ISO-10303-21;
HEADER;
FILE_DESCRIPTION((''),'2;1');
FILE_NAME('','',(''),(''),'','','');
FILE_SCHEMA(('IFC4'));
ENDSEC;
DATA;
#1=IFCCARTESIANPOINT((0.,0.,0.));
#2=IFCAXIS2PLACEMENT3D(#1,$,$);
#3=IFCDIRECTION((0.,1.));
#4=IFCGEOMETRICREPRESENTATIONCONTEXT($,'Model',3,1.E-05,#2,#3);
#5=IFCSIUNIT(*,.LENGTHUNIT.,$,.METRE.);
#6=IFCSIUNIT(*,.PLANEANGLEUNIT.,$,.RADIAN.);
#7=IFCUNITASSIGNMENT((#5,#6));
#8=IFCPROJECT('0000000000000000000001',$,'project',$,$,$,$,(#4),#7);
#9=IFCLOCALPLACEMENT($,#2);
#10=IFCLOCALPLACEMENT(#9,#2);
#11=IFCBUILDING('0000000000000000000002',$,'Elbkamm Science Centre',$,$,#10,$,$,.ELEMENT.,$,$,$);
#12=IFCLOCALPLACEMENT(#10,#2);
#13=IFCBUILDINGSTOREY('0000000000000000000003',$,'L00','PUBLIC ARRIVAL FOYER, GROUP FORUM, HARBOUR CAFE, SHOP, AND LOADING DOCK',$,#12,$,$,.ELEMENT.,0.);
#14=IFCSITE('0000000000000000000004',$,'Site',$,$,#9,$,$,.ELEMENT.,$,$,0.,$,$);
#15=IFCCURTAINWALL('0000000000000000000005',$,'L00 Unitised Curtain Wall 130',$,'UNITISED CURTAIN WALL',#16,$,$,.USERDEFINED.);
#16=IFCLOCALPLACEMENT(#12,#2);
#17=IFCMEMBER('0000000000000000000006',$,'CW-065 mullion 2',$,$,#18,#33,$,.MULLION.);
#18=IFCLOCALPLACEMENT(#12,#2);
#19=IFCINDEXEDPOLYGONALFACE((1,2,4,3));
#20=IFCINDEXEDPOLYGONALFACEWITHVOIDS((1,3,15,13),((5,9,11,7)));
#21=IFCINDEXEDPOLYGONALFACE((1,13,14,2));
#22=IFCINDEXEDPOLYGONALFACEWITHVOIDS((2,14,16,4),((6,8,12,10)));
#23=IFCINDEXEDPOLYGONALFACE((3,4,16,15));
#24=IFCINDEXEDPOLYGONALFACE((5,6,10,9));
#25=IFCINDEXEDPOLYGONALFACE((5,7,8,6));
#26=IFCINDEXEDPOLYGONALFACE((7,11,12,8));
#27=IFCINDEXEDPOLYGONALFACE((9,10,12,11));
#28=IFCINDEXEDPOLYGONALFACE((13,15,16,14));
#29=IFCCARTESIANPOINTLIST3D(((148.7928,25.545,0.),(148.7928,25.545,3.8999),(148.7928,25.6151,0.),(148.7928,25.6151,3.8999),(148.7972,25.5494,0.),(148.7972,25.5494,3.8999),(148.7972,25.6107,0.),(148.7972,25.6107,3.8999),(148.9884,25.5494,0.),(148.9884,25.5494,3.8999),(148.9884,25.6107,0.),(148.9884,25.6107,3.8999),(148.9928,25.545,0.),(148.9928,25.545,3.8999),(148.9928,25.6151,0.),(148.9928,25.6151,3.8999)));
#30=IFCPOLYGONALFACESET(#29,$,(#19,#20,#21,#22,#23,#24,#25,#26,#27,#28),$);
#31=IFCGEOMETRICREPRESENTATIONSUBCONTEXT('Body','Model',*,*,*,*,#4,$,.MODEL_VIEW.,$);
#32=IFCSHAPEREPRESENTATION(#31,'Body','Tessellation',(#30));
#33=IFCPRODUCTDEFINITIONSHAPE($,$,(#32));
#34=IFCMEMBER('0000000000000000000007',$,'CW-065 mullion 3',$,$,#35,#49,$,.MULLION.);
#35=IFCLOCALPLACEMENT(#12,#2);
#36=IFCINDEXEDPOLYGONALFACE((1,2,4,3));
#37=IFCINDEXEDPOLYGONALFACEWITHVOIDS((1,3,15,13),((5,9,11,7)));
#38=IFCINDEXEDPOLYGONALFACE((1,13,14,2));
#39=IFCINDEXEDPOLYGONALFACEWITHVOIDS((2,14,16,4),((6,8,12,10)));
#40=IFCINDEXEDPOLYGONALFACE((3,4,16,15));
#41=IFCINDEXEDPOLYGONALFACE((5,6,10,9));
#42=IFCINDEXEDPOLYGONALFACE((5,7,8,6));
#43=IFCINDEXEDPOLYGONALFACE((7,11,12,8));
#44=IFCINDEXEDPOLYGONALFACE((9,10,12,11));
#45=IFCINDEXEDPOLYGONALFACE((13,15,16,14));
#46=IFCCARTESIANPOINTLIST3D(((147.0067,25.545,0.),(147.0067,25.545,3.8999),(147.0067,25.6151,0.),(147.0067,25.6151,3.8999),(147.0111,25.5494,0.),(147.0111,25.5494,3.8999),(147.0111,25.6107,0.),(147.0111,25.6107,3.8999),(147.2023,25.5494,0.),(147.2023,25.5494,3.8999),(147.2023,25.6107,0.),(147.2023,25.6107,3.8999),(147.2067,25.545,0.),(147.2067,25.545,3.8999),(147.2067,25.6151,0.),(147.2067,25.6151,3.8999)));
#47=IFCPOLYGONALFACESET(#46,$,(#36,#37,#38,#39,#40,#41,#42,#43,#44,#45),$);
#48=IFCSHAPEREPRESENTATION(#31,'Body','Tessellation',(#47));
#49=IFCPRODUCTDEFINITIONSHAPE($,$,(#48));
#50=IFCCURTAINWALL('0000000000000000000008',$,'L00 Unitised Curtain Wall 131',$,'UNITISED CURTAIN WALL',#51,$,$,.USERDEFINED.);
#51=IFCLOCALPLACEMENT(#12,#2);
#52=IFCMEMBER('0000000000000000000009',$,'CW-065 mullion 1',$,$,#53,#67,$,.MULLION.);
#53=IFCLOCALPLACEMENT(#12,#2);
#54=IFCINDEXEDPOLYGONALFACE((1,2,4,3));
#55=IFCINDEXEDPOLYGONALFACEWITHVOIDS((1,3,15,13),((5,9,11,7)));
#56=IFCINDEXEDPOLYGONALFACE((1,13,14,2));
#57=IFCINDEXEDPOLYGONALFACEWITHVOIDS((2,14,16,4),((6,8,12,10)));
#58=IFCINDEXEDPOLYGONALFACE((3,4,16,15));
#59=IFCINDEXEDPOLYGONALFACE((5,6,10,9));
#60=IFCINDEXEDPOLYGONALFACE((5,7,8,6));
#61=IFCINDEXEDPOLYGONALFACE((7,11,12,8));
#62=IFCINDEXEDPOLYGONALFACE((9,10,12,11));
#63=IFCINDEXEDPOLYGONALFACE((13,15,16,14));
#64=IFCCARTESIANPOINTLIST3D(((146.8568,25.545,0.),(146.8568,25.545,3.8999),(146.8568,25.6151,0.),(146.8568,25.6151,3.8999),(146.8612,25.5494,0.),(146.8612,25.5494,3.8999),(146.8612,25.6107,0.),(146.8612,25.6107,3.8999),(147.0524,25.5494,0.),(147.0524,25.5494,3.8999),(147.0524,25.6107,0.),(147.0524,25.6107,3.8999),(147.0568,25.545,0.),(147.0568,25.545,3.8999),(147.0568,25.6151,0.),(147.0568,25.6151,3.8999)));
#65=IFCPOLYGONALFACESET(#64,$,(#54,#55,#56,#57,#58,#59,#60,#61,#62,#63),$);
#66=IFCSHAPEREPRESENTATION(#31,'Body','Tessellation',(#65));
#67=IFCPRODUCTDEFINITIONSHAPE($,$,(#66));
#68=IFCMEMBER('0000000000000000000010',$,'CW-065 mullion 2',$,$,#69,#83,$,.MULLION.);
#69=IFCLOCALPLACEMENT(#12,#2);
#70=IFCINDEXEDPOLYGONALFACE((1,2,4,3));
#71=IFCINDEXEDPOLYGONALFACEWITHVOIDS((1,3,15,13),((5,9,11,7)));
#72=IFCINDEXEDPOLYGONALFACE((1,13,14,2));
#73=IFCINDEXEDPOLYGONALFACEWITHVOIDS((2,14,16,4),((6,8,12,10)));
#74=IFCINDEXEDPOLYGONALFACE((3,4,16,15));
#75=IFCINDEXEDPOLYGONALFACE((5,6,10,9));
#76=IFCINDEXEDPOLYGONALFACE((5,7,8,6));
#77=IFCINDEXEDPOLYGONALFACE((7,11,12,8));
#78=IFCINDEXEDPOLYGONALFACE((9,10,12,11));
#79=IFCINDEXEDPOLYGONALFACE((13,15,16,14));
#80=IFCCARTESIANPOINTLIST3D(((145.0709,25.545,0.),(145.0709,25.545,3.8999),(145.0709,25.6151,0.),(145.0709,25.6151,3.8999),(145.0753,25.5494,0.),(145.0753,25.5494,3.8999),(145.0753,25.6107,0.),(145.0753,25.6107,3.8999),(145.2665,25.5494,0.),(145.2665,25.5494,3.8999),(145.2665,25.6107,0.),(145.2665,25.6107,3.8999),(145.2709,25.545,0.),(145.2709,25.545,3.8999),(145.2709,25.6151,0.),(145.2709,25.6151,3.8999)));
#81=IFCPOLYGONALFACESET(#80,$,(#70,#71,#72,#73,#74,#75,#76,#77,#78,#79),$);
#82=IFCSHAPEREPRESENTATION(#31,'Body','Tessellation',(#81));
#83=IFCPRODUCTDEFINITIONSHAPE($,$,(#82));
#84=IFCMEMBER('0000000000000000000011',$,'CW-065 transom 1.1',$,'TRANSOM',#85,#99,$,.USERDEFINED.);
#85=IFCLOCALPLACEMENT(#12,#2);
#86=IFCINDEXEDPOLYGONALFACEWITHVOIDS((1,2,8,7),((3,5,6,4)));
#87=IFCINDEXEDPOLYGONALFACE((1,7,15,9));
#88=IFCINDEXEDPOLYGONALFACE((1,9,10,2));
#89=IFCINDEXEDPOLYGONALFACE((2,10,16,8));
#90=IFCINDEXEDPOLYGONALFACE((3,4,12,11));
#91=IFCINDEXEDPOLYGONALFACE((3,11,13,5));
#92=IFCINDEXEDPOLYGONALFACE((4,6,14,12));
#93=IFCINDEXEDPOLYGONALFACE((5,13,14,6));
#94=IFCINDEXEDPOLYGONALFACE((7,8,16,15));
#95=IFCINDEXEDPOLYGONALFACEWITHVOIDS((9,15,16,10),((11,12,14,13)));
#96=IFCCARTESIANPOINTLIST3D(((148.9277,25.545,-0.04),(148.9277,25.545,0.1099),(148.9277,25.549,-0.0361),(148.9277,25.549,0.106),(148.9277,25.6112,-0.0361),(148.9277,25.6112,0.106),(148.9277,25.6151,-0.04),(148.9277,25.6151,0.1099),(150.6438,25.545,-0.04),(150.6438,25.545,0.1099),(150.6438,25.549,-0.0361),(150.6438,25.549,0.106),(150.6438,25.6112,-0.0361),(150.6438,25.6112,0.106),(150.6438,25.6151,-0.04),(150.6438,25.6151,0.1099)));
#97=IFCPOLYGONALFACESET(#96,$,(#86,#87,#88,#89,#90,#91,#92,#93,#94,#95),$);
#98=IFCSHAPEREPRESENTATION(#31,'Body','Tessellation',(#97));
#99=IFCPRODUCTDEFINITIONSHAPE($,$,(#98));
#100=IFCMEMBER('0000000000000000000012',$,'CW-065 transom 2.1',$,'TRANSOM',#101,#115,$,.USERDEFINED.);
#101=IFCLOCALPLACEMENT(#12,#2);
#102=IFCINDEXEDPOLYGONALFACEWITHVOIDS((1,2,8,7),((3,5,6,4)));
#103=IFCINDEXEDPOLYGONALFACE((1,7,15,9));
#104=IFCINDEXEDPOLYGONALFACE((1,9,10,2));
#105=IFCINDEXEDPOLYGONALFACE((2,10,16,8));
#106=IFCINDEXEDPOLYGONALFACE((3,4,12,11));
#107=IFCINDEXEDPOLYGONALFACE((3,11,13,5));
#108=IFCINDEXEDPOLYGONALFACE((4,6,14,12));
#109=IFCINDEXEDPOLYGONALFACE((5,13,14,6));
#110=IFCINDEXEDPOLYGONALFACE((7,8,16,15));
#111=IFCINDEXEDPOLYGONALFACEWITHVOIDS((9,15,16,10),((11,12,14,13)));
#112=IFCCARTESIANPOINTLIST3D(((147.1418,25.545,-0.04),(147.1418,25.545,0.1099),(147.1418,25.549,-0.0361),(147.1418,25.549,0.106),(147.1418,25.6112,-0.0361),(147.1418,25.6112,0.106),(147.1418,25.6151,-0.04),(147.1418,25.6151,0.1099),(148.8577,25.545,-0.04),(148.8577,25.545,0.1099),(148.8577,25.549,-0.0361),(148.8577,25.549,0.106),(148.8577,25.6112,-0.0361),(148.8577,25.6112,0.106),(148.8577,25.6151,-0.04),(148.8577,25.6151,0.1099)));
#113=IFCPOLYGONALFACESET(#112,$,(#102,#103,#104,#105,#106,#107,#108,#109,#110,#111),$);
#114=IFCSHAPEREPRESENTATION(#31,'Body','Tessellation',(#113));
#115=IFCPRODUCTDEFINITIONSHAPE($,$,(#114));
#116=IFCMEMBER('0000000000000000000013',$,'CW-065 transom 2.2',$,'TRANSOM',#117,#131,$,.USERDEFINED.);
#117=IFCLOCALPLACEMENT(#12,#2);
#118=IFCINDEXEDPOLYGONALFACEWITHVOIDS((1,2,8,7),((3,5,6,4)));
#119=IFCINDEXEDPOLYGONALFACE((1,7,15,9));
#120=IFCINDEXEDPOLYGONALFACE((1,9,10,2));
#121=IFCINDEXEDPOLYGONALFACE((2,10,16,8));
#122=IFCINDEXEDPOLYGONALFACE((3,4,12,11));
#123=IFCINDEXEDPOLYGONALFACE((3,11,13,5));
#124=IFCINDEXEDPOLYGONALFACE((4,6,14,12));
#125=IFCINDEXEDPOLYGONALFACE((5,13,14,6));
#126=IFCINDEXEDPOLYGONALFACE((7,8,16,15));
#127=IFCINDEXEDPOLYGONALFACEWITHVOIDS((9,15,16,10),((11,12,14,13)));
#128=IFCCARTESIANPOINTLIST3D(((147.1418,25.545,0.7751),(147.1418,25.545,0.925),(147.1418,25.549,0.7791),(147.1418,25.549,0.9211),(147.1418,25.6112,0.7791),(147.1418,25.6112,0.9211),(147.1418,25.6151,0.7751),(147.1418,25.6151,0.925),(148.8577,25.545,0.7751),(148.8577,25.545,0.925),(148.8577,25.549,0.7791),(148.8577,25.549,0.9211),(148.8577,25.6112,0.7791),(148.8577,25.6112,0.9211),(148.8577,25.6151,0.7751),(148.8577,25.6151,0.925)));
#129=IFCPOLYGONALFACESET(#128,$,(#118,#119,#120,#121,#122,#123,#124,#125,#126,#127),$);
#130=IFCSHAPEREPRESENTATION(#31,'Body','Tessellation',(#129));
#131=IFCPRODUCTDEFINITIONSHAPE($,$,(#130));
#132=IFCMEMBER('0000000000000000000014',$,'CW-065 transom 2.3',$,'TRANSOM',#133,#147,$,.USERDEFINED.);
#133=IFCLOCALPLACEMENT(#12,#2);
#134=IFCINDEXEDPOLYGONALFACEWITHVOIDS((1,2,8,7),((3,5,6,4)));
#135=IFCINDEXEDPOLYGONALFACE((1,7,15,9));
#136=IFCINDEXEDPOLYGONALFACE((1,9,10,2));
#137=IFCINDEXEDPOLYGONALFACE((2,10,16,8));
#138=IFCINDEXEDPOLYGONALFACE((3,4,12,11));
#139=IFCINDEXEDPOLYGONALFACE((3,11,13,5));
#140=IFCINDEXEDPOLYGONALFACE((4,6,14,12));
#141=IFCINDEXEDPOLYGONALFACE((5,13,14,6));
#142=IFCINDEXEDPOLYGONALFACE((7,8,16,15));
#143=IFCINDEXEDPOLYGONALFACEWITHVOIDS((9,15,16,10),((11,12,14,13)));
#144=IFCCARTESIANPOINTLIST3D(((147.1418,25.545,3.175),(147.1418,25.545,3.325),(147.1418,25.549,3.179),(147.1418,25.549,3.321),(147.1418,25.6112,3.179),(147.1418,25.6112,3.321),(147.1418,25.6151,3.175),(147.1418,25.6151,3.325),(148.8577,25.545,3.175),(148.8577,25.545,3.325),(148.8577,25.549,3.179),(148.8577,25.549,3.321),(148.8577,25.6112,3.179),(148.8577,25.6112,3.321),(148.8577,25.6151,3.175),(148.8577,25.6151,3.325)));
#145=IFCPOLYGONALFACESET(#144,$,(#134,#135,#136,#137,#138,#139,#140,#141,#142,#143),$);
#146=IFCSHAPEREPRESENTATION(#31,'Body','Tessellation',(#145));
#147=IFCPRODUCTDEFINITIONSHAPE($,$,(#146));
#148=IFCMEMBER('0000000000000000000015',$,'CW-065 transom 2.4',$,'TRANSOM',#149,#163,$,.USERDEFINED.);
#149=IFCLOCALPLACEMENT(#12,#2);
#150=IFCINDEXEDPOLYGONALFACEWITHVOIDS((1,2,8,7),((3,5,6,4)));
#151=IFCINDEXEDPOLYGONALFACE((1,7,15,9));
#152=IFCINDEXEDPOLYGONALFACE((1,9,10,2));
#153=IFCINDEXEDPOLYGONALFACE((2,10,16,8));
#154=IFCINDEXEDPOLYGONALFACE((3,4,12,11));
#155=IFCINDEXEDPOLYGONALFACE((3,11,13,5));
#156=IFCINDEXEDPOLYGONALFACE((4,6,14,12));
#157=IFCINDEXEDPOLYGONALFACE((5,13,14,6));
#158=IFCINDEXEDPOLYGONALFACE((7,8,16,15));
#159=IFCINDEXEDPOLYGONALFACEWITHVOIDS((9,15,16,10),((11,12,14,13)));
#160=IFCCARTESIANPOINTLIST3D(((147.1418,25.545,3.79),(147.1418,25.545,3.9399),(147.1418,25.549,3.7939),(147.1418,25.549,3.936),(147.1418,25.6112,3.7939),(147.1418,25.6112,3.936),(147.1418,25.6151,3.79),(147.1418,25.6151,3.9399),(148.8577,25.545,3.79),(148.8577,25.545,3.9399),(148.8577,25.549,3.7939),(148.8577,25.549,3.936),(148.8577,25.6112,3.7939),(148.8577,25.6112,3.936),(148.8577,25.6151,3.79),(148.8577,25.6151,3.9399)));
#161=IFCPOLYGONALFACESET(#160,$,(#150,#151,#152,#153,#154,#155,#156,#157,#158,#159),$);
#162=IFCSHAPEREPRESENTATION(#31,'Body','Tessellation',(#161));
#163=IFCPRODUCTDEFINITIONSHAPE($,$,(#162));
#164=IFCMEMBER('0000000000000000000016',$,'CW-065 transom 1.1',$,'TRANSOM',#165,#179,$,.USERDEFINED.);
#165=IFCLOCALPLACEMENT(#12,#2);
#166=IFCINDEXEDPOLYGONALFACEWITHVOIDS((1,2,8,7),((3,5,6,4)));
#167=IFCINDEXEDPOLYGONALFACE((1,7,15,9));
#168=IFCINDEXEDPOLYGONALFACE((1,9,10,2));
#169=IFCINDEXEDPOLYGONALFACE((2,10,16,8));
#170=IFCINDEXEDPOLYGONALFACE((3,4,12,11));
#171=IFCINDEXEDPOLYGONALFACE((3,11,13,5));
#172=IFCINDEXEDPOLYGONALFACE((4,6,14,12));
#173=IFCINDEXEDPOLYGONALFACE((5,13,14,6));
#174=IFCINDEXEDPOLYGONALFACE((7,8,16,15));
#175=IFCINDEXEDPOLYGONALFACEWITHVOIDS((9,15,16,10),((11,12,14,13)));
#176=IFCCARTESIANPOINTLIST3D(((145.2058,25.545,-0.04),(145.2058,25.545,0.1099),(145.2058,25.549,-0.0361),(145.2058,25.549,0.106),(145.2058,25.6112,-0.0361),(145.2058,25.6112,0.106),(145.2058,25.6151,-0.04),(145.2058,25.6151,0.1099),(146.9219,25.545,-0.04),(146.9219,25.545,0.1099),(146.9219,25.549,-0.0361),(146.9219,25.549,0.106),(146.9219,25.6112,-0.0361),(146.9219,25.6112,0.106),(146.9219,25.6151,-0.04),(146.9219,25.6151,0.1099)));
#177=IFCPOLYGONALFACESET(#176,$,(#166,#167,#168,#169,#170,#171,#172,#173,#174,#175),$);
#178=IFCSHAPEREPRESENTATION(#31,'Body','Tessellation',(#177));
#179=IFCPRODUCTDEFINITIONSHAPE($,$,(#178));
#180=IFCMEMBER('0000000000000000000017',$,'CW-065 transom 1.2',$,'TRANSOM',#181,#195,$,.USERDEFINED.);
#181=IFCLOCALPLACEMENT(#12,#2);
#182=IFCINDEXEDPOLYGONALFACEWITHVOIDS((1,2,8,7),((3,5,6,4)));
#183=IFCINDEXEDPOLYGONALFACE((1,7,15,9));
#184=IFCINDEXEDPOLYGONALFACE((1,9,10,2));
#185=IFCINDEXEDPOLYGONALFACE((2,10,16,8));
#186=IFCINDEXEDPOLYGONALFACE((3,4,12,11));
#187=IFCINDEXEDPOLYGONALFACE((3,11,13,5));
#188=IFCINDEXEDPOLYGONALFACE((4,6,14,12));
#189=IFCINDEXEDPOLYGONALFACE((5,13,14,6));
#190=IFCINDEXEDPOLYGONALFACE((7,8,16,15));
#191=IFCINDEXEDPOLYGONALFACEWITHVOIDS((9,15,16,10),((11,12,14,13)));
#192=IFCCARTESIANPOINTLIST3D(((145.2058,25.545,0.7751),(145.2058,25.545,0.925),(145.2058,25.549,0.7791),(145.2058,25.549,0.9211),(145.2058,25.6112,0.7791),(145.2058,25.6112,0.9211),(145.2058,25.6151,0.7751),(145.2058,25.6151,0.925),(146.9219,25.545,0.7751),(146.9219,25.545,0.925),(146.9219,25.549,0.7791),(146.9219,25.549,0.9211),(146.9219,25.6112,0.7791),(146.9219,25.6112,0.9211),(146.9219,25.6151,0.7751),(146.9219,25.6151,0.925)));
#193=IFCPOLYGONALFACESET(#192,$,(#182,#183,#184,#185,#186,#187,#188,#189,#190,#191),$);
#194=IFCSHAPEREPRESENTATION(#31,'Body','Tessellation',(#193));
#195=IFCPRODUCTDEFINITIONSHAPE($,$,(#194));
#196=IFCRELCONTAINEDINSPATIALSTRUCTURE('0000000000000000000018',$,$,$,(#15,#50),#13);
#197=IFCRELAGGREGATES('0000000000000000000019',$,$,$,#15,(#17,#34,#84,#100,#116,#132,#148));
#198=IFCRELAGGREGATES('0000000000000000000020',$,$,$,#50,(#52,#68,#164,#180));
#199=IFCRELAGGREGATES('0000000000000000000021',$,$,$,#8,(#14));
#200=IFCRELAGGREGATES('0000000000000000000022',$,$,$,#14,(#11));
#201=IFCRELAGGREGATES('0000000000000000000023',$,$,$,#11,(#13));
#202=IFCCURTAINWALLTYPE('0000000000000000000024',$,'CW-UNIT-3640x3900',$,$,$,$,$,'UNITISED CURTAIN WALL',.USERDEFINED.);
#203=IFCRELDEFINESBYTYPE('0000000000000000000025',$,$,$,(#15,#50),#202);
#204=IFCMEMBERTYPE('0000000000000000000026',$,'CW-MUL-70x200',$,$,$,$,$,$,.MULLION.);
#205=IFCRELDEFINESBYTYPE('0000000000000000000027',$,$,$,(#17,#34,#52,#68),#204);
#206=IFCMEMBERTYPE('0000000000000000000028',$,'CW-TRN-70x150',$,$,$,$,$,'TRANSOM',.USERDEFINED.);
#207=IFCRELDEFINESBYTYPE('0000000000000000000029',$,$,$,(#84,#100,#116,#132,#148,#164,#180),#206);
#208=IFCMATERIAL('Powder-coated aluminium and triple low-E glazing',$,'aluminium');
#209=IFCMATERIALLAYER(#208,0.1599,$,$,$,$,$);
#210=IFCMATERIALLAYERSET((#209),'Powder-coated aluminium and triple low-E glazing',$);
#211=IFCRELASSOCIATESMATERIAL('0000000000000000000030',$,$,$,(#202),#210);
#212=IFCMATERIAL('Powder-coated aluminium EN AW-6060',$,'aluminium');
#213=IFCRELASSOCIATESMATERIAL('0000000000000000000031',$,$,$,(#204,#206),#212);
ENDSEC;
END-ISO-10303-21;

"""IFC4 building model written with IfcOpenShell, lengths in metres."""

from ifc_helpers import new_model, si_unit, direction, frame, origin, origin_2d, place, context, subcontext, project, spatial, hollow_rectangle, extrude, material, layer, layer_set, material_profile, profile_set, type_object, element, aggregate, save


model = new_model("IFC4")

# Units and contexts
model_context = context("Model", 3, precision=1e-05, world=origin(), true_north=direction((0.0, 1.0)))
body_context = subcontext(model_context, "Body", "Model", "MODEL_VIEW")
ifc_project = project(units=[si_unit("LENGTHUNIT", "METRE"), si_unit("PLANEANGLEUNIT", "RADIAN")], contexts=[model_context])

# Site, building, storey
site_placement = place(None, origin())
site = spatial("IfcSite", under=ifc_project, at=site_placement, Name="Site", CompositionType="ELEMENT", RefElevation=0.0)
building_placement = place(site_placement, origin())
building = spatial("IfcBuilding", under=site, at=building_placement, Name="Elbkamm Science Centre", CompositionType="ELEMENT")
storey_placement = place(building_placement, origin())
storey = spatial("IfcBuildingStorey", under=building, at=storey_placement, Name="L00", Description="PUBLIC ARRIVAL FOYER, GROUP FORUM, HARBOUR CAFE, SHOP, AND LOADING DOCK", CompositionType="ELEMENT", Elevation=0.0)

# Curtain walls, members
ifc_material_1 = material(Name="Powder-coated aluminium and triple low-E glazing", Category="aluminium")
ifc_layer_1 = layer(ifc_material_1, 0.1599)
ifc_layer_set_1 = layer_set([ifc_layer_1], Name="Powder-coated aluminium and triple low-E glazing")
curtain_wall_type = type_object("IfcCurtainWallType", Name="CW-UNIT-3640x3900", ElementType="UNITISED CURTAIN WALL", PredefinedType="USERDEFINED", material=ifc_layer_set_1)
curtain_wall_1_placement = place(storey_placement, origin())
curtain_wall_1 = element("IfcCurtainWall", 1, at=curtain_wall_1_placement, inside=storey, type_object=curtain_wall_type, Name="L00 Unitised Curtain Wall 130", ObjectType="UNITISED CURTAIN WALL", PredefinedType="USERDEFINED")
ifc_material_2 = material(Name="Powder-coated aluminium EN AW-6060", Category="aluminium")
ifc_material_profile_1 = material_profile(ifc_material_2, hollow_rectangle(XDim=0.0701, YDim=0.2, WallThickness=0.0044, at=origin_2d()), Name="ALU M70x200")
ifc_profile_set_1 = profile_set([ifc_material_profile_1], Name="Powder-coated aluminium EN AW-6060")
member_type_1 = type_object("IfcMemberType", Name="CW-MUL-70x200", PredefinedType="MULLION", material=ifc_profile_set_1)
member_1_placement = place(storey_placement, frame((148.8928, 25.5801, 0.0), z_axis=(0.0, 0.0, 1.0), x_axis=(0.0, -1.0, 0.0)))
member_1 = element("IfcMember", 2, at=member_1_placement, type_object=member_type_1, Name="CW-065 mullion 2", PredefinedType="MULLION", context=body_context, shape_type="SweptSolid", body=[
    extrude(hollow_rectangle(XDim=0.0701, YDim=0.2, WallThickness=0.0044, at=origin_2d()), origin(), (0.0, 0.0, 1.0), 3.8999),
])
member_2_placement = place(storey_placement, frame((147.1067, 25.5801, 0.0), z_axis=(0.0, 0.0, 1.0), x_axis=(0.0, -1.0, 0.0)))
member_2 = element("IfcMember", 3, at=member_2_placement, type_object=member_type_1, Name="CW-065 mullion 3", PredefinedType="MULLION", context=body_context, shape_type="SweptSolid", body=[
    extrude(hollow_rectangle(XDim=0.0701, YDim=0.2, WallThickness=0.0044, at=origin_2d()), origin(), (0.0, 0.0, 1.0), 3.8999),
])
curtain_wall_2_placement = place(storey_placement, origin())
curtain_wall_2 = element("IfcCurtainWall", 4, at=curtain_wall_2_placement, inside=storey, type_object=curtain_wall_type, Name="L00 Unitised Curtain Wall 131", ObjectType="UNITISED CURTAIN WALL", PredefinedType="USERDEFINED")
member_3_placement = place(storey_placement, frame((146.9568, 25.5801, 0.0), z_axis=(0.0, 0.0, 1.0), x_axis=(0.0, -1.0, 0.0)))
member_3 = element("IfcMember", 5, at=member_3_placement, type_object=member_type_1, Name="CW-065 mullion 1", PredefinedType="MULLION", context=body_context, shape_type="SweptSolid", body=[
    extrude(hollow_rectangle(XDim=0.0701, YDim=0.2, WallThickness=0.0044, at=origin_2d()), origin(), (0.0, 0.0, 1.0), 3.8999),
])
member_4_placement = place(storey_placement, frame((145.1709, 25.5801, 0.0), z_axis=(0.0, 0.0, 1.0), x_axis=(0.0, -1.0, 0.0)))
member_4 = element("IfcMember", 6, at=member_4_placement, type_object=member_type_1, Name="CW-065 mullion 2", PredefinedType="MULLION", context=body_context, shape_type="SweptSolid", body=[
    extrude(hollow_rectangle(XDim=0.0701, YDim=0.2, WallThickness=0.0044, at=origin_2d()), origin(), (0.0, 0.0, 1.0), 3.8999),
])

# Members
ifc_material_profile_2 = material_profile(ifc_material_2, hollow_rectangle(XDim=0.0701, YDim=0.1499, WallThickness=0.0039, at=origin_2d()), Name="ALU T70x150")
ifc_profile_set_2 = profile_set([ifc_material_profile_2], Name="Powder-coated aluminium EN AW-6060")
member_type_2 = type_object("IfcMemberType", Name="CW-TRN-70x150", ElementType="TRANSOM", PredefinedType="USERDEFINED", material=ifc_profile_set_2)
member_5_placement = place(storey_placement, frame((150.6438, 25.5801, 0.0349), z_axis=(-1.0, 0.0, 0.0), x_axis=(0.0, -1.0, 0.0)))
member_5 = element("IfcMember", 7, at=member_5_placement, type_object=member_type_2, Name="CW-065 transom 1.1", ObjectType="TRANSOM", PredefinedType="USERDEFINED", context=body_context, shape_type="SweptSolid", body=[
    extrude(hollow_rectangle(XDim=0.0701, YDim=0.1499, WallThickness=0.0039, at=origin_2d()), origin(), (0.0, 0.0, 1.0), 1.7161),
])
member_6_placement = place(storey_placement, frame((148.8577, 25.5801, 0.0349), z_axis=(-1.0, 0.0, 0.0), x_axis=(0.0, -1.0, 0.0)))
member_6 = element("IfcMember", 8, at=member_6_placement, type_object=member_type_2, Name="CW-065 transom 2.1", ObjectType="TRANSOM", PredefinedType="USERDEFINED", context=body_context, shape_type="SweptSolid", body=[
    extrude(hollow_rectangle(XDim=0.0701, YDim=0.1499, WallThickness=0.0039, at=origin_2d()), origin(), (0.0, 0.0, 1.0), 1.7158),
])
member_7_placement = place(storey_placement, frame((148.8577, 25.5801, 0.8501), z_axis=(-1.0, 0.0, 0.0), x_axis=(0.0, -1.0, 0.0)))
member_7 = element("IfcMember", 9, at=member_7_placement, type_object=member_type_2, Name="CW-065 transom 2.2", ObjectType="TRANSOM", PredefinedType="USERDEFINED", context=body_context, shape_type="SweptSolid", body=[
    extrude(hollow_rectangle(XDim=0.0701, YDim=0.1499, WallThickness=0.0039, at=origin_2d()), origin(), (0.0, 0.0, 1.0), 1.7158),
])
member_8_placement = place(storey_placement, frame((148.8577, 25.5801, 3.25), z_axis=(-1.0, 0.0, 0.0), x_axis=(0.0, -1.0, 0.0)))
member_8 = element("IfcMember", 10, at=member_8_placement, type_object=member_type_2, Name="CW-065 transom 2.3", ObjectType="TRANSOM", PredefinedType="USERDEFINED", context=body_context, shape_type="SweptSolid", body=[
    extrude(hollow_rectangle(XDim=0.0701, YDim=0.1499, WallThickness=0.0039, at=origin_2d()), origin(), (0.0, 0.0, 1.0), 1.7158),
])
member_9_placement = place(storey_placement, frame((148.8577, 25.5801, 3.865), z_axis=(-1.0, 0.0, 0.0), x_axis=(0.0, -1.0, 0.0)))
member_9 = element("IfcMember", 11, at=member_9_placement, type_object=member_type_2, Name="CW-065 transom 2.4", ObjectType="TRANSOM", PredefinedType="USERDEFINED", context=body_context, shape_type="SweptSolid", body=[
    extrude(hollow_rectangle(XDim=0.0701, YDim=0.1499, WallThickness=0.0039, at=origin_2d()), origin(), (0.0, 0.0, 1.0), 1.7158),
])
member_10_placement = place(storey_placement, frame((146.9219, 25.5801, 0.0349), z_axis=(-1.0, 0.0, 0.0), x_axis=(0.0, -1.0, 0.0)))
member_10 = element("IfcMember", 12, at=member_10_placement, type_object=member_type_2, Name="CW-065 transom 1.1", ObjectType="TRANSOM", PredefinedType="USERDEFINED", context=body_context, shape_type="SweptSolid", body=[
    extrude(hollow_rectangle(XDim=0.0701, YDim=0.1499, WallThickness=0.0039, at=origin_2d()), origin(), (0.0, 0.0, 1.0), 1.7161),
])
member_11_placement = place(storey_placement, frame((146.9219, 25.5801, 0.8501), z_axis=(-1.0, 0.0, 0.0), x_axis=(0.0, -1.0, 0.0)))
member_11 = element("IfcMember", 13, at=member_11_placement, type_object=member_type_2, Name="CW-065 transom 1.2", ObjectType="TRANSOM", PredefinedType="USERDEFINED", context=body_context, shape_type="SweptSolid", body=[
    extrude(hollow_rectangle(XDim=0.0701, YDim=0.1499, WallThickness=0.0039, at=origin_2d()), origin(), (0.0, 0.0, 1.0), 1.7161),
])

aggregate(curtain_wall_1, [member_1, member_2, member_5, member_6, member_7, member_8, member_9])
aggregate(curtain_wall_2, [member_3, member_4, member_10, member_11])

save(model, "model.ifc")
